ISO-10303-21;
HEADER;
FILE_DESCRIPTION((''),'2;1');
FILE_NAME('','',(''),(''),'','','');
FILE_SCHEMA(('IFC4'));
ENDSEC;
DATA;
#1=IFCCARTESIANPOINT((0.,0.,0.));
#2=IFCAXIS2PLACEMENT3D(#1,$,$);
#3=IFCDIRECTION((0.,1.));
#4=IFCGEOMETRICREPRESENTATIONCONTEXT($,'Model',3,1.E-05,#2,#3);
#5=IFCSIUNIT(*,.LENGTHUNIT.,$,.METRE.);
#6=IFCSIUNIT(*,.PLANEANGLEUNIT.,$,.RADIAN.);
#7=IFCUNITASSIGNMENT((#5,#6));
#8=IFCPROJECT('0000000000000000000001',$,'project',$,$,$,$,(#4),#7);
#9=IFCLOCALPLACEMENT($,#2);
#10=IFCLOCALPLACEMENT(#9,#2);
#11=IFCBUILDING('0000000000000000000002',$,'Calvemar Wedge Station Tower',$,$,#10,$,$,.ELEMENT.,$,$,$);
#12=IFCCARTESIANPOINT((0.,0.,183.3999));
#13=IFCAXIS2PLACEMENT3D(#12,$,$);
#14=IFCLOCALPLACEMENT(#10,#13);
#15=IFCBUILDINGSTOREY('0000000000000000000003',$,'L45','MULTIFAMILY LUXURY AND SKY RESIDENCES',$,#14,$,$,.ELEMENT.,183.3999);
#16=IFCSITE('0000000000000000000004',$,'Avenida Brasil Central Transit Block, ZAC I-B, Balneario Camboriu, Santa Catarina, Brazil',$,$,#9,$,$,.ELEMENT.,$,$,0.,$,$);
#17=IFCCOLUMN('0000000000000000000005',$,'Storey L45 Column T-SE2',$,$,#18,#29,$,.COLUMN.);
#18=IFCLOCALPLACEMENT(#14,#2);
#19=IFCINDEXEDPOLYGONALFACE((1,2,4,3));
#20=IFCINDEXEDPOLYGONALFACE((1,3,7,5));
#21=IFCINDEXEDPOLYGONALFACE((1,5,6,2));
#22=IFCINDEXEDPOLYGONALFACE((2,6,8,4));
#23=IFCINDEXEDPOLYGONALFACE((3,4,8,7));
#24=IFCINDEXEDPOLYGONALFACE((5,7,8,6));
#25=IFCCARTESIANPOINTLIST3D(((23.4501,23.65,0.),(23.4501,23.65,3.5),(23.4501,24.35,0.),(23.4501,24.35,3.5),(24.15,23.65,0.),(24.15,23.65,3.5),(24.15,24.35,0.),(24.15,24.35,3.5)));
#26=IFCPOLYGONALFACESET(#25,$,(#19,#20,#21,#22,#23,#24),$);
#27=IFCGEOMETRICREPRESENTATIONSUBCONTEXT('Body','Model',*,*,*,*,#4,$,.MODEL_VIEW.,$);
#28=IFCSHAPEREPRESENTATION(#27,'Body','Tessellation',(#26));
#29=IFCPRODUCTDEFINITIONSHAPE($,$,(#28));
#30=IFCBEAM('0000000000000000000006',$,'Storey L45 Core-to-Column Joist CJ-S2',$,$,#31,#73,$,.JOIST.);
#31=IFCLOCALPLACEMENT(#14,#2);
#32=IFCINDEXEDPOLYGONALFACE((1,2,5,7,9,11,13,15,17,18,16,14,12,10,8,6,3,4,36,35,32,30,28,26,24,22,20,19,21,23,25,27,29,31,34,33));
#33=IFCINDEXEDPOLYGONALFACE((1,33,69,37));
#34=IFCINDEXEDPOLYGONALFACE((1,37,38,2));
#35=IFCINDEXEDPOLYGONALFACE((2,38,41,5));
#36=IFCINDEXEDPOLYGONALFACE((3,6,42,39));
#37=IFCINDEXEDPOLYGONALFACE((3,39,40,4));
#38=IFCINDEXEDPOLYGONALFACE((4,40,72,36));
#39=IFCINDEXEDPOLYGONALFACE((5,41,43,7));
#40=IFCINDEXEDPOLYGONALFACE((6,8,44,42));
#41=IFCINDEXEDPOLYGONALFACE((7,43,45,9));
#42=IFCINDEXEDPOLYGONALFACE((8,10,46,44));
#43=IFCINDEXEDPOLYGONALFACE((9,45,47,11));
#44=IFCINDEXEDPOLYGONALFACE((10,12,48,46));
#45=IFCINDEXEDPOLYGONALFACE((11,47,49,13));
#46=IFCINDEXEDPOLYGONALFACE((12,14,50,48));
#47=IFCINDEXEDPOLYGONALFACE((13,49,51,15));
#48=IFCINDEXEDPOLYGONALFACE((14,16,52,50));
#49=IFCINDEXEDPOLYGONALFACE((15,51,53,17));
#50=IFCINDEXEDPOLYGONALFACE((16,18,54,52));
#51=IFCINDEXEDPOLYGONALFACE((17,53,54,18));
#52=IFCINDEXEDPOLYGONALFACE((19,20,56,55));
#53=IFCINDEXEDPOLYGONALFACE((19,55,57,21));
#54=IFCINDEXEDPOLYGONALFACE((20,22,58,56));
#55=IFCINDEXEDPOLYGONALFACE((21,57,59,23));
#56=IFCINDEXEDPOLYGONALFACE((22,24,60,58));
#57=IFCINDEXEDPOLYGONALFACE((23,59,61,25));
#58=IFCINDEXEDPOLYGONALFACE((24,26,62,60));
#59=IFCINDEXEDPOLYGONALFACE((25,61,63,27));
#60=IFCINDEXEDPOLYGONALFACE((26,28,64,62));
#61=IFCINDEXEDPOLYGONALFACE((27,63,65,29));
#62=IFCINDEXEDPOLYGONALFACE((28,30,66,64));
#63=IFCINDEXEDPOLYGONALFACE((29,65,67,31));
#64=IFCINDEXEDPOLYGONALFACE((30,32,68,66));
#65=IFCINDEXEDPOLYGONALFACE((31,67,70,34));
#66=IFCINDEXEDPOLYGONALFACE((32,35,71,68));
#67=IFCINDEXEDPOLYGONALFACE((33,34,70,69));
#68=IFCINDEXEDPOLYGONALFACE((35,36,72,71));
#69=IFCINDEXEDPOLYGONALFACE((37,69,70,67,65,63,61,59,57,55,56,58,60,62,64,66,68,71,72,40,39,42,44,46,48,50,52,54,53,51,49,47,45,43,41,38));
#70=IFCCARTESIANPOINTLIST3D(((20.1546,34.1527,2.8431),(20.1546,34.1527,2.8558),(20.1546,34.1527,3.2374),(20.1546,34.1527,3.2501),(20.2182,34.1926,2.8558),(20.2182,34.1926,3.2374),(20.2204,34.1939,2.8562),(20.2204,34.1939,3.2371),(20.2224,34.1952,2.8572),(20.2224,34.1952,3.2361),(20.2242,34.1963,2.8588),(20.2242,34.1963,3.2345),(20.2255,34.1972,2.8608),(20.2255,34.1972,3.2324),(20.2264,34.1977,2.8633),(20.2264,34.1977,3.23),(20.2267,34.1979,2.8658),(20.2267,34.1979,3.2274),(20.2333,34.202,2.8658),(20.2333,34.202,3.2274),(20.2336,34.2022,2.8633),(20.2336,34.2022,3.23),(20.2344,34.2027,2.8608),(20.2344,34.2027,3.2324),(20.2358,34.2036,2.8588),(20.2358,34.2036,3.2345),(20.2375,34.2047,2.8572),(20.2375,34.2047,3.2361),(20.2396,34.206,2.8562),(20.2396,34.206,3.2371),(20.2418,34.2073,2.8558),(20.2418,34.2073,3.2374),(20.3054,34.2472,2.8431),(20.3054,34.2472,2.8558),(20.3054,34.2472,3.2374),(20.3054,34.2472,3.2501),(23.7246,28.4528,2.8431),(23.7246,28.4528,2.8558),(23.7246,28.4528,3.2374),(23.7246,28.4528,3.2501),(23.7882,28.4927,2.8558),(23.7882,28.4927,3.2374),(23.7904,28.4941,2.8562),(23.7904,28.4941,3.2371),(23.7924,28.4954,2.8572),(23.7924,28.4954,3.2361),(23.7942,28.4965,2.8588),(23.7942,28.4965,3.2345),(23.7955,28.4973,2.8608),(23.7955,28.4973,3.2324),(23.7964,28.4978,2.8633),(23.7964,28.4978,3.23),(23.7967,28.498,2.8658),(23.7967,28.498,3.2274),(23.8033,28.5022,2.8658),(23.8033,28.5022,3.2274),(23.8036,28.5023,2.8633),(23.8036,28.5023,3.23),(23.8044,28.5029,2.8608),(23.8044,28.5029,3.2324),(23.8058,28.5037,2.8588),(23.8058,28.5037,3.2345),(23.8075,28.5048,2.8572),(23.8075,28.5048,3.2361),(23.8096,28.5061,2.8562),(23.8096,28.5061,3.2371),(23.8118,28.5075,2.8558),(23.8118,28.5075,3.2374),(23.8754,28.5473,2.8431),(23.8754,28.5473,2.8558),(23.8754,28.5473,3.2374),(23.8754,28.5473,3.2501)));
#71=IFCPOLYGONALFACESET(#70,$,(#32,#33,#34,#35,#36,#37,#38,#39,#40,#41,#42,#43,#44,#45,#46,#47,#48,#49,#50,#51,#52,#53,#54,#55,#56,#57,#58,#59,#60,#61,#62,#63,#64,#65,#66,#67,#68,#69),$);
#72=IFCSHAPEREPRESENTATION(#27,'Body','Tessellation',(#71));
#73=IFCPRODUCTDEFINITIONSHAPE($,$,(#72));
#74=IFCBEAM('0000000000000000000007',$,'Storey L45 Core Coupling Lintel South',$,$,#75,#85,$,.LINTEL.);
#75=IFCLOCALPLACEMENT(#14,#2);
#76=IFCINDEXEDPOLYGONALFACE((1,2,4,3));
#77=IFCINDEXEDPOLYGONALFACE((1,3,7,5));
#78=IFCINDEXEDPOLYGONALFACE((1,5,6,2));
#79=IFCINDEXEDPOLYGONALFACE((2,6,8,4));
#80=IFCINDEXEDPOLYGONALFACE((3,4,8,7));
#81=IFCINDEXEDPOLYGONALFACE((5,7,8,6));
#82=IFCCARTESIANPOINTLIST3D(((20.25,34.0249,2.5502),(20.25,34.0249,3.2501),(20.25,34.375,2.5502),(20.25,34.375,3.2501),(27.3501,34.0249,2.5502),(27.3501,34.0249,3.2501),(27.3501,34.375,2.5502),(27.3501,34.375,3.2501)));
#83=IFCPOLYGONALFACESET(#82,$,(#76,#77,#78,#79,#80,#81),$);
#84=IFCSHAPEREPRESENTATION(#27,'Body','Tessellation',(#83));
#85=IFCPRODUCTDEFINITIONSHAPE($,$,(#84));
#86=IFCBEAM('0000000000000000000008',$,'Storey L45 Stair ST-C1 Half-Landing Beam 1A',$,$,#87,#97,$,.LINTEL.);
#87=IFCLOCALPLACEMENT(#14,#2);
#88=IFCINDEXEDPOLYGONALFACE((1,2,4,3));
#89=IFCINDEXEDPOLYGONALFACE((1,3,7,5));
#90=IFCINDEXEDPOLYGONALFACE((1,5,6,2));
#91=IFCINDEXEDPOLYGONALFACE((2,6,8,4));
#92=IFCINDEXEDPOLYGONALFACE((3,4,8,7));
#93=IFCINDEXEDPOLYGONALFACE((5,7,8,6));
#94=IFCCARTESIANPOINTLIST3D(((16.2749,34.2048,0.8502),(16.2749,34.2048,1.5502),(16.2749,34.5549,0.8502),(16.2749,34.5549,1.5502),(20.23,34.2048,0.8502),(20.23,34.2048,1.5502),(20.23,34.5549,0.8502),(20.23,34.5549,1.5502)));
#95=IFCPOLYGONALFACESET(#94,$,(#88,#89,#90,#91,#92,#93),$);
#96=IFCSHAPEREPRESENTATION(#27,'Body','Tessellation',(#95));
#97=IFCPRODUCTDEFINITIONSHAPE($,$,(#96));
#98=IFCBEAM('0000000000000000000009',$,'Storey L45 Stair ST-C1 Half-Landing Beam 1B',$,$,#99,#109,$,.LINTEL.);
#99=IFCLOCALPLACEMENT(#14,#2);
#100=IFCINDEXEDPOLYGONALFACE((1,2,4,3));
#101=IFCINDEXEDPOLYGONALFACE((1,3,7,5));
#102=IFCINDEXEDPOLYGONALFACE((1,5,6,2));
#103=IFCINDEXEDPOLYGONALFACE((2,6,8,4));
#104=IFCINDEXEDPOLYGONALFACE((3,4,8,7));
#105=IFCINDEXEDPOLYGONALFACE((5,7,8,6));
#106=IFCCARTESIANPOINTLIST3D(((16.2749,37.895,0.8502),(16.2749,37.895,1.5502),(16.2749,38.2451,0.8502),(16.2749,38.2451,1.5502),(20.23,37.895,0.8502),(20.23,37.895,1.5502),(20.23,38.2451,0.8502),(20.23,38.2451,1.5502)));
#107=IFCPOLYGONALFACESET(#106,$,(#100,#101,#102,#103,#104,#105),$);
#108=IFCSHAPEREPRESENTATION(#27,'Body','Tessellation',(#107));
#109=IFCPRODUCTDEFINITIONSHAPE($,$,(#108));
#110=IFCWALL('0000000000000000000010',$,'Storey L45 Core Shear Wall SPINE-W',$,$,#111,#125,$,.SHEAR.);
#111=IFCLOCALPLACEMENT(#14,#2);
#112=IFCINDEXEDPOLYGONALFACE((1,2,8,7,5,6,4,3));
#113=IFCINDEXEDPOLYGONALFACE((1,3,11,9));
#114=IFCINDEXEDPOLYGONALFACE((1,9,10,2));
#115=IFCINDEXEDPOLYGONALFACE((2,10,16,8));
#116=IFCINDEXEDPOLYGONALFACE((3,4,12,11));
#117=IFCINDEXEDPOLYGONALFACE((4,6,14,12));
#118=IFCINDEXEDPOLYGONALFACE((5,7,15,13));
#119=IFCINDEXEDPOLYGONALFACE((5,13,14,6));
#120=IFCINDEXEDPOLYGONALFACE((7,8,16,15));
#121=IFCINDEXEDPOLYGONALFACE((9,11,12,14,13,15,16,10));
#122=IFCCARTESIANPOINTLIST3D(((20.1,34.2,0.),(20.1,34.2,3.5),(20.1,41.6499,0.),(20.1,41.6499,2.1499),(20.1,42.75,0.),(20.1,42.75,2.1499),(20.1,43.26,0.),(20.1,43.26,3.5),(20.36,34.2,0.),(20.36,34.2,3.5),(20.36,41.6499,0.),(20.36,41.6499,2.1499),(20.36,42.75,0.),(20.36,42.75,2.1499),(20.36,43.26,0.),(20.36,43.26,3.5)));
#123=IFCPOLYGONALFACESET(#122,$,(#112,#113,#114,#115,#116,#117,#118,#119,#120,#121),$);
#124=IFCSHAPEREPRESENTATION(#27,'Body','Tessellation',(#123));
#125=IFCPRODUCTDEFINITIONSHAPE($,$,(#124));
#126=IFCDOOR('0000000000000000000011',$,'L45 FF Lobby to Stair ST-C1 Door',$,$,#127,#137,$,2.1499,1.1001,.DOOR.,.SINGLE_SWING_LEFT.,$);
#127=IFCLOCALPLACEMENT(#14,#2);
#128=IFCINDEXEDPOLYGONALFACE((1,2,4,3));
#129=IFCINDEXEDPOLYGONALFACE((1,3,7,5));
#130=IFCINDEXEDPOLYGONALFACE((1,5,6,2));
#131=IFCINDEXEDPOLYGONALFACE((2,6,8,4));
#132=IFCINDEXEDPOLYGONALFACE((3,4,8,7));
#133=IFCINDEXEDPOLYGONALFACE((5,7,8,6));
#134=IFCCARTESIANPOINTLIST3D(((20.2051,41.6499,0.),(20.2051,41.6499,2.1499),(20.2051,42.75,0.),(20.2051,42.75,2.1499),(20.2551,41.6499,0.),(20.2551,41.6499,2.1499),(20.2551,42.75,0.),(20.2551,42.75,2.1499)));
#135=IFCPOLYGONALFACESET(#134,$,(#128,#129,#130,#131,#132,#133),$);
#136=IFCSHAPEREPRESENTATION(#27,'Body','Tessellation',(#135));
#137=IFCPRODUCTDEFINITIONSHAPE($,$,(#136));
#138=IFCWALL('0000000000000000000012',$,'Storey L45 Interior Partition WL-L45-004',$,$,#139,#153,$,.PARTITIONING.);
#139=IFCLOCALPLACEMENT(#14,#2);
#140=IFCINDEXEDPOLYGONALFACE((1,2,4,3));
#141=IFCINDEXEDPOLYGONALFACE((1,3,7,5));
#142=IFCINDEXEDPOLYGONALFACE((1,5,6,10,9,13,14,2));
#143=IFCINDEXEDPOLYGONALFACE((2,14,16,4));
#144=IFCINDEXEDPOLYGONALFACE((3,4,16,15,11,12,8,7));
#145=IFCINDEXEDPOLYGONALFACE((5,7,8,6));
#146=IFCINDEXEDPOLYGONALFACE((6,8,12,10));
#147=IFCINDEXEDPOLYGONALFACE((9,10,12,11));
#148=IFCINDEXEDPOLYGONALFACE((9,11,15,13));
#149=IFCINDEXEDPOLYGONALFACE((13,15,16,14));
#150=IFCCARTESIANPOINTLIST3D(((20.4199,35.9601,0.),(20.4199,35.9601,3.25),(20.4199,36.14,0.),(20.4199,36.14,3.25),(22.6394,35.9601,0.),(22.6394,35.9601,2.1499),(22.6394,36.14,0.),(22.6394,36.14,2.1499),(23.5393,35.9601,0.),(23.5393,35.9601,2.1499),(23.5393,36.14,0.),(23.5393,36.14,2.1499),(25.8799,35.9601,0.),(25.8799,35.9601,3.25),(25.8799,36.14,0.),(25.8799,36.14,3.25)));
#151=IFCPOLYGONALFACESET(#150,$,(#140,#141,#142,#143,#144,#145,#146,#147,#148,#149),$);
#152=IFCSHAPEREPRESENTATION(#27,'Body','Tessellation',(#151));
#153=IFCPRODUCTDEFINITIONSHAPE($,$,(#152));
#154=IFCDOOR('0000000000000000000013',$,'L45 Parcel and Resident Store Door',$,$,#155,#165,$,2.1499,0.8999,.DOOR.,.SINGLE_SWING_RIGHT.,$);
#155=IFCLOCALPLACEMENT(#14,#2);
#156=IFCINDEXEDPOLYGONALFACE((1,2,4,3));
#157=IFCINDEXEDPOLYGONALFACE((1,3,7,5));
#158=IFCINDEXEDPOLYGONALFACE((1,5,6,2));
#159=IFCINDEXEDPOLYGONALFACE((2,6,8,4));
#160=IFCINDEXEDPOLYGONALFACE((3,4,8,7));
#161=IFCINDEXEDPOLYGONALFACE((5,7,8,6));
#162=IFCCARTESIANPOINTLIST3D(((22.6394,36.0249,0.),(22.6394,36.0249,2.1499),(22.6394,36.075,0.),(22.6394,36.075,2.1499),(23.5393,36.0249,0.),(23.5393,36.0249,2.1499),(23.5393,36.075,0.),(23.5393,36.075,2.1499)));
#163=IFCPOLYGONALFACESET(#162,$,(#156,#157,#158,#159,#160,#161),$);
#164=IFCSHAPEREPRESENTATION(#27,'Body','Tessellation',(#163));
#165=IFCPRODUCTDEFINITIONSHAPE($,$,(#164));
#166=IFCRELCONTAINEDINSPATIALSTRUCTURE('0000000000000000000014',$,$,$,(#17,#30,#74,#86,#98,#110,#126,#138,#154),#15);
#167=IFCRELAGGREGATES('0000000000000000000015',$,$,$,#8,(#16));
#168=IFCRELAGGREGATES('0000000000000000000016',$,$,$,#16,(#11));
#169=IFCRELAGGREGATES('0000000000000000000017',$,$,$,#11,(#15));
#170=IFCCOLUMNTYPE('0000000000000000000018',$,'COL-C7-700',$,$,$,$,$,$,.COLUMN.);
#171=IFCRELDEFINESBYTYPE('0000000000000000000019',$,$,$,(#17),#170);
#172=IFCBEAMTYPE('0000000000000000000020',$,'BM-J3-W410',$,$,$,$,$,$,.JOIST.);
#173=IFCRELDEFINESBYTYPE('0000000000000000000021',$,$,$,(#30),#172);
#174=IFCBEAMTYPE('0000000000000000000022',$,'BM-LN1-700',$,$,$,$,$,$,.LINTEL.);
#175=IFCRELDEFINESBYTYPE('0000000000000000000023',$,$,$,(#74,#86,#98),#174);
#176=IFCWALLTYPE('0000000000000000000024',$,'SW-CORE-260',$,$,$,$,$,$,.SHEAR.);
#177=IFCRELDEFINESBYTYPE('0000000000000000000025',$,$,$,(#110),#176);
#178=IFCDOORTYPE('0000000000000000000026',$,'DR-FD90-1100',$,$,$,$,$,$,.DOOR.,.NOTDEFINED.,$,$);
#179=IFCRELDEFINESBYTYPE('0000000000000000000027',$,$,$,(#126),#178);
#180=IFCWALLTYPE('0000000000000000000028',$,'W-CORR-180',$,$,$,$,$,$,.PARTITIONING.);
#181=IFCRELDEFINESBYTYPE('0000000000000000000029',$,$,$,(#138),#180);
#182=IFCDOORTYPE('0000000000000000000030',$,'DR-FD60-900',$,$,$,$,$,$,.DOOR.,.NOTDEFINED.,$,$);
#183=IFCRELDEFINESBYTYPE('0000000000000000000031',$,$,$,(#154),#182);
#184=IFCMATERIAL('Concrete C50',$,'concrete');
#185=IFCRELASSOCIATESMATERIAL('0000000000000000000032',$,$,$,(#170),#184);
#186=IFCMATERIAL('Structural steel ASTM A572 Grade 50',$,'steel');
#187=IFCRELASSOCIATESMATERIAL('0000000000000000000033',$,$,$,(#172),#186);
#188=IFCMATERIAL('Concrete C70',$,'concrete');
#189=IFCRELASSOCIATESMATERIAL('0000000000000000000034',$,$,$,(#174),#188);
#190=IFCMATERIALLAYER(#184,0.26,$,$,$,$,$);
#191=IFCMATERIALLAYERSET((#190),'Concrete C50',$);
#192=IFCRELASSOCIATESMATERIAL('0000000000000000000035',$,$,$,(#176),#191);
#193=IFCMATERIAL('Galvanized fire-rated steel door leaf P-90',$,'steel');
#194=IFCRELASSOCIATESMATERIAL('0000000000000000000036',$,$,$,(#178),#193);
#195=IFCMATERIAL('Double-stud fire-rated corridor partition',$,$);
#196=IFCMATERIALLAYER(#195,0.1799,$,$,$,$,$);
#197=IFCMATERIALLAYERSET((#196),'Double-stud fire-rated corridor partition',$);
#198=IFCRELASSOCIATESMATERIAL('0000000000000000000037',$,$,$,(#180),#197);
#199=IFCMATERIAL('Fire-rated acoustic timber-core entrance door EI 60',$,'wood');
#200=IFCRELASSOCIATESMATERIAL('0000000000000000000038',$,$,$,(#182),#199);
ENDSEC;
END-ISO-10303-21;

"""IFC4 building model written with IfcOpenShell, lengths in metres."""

from ifc_helpers import new_model, si_unit, direction, frame, frame_2d, origin, origin_2d, place, context, subcontext, project, spatial, rectangle, i_section, extrude, source, transform, mapped, material, layer, layer_set, material_profile, profile_set, type_object, element, fill, save


model = new_model("IFC4")

# Units and contexts
model_context = context("Model", 3, precision=1e-05, world=origin(), true_north=direction((0.0, 1.0)))
body_context = subcontext(model_context, "Body", "Model", "MODEL_VIEW")
ifc_project = project(units=[si_unit("LENGTHUNIT", "METRE"), si_unit("PLANEANGLEUNIT", "RADIAN")], contexts=[model_context])

# Site, building, storey
site_placement = place(None, origin())
site = spatial("IfcSite", under=ifc_project, at=site_placement, Name="Avenida Brasil Central Transit Block, ZAC I-B, Balneario Camboriu, Santa Catarina, Brazil", CompositionType="ELEMENT", RefElevation=0.0)
building_placement = place(site_placement, origin())
building = spatial("IfcBuilding", under=site, at=building_placement, Name="Calvemar Wedge Station Tower", CompositionType="ELEMENT")
storey_placement = place(building_placement, frame((0.0, 0.0, 183.3999)))
storey = spatial("IfcBuildingStorey", under=building, at=storey_placement, Name="L45", Description="MULTIFAMILY LUXURY AND SKY RESIDENCES", CompositionType="ELEMENT", Elevation=183.3999)

# Column
ifc_material_1 = material(Name="Concrete C50", Category="concrete")
ifc_material_profile_1 = material_profile(ifc_material_1, rectangle(XDim=0.7, YDim=0.7, at=origin_2d()), Name="RC700x700")
ifc_profile_set_1 = profile_set([ifc_material_profile_1], Name="Concrete C50")
column_type = type_object("IfcColumnType", Name="COL-C7-700", PredefinedType="COLUMN", material=ifc_profile_set_1)
shared_shape_1 = source(origin(), body_context, "Body", "SweptSolid", [
    extrude(rectangle(XDim=0.7, YDim=0.7, at=origin_2d()), origin(), (0.0, 0.0, 1.0), 3.5),
])
column_placement = place(storey_placement, frame((23.8, 24.0, 0.0), z_axis=(0.0, 0.0, 1.0), x_axis=(1.0, 0.0, 0.0)))
element("IfcColumn", 1, at=column_placement, inside=storey, type_object=column_type, Name="Storey L45 Column T-SE2", PredefinedType="COLUMN", context=body_context, shape_type="MappedRepresentation", body=[
    mapped(shared_shape_1, transform((0.0, 0.0, 0.0), scale=1.0)),
])

# Beams
ifc_material_2 = material(Name="Structural steel ASTM A572 Grade 50", Category="steel")
ifc_material_profile_2 = material_profile(ifc_material_2, i_section(OverallWidth=0.178, OverallDepth=0.407, WebThickness=0.0078, FlangeThickness=0.0127, FilletRadius=0.01, at=origin_2d()), Name="W410x60")
ifc_profile_set_2 = profile_set([ifc_material_profile_2], Name="Structural steel ASTM A572 Grade 50")
beam_type_1 = type_object("IfcBeamType", Name="BM-J3-W410", PredefinedType="JOIST", material=ifc_profile_set_2)
shared_shape_2 = source(origin(), body_context, "Body", "SweptSolid", [
    extrude(i_section(OverallWidth=0.178, OverallDepth=0.407, WebThickness=0.0078, FlangeThickness=0.0127, FilletRadius=0.01, at=origin_2d()), origin(), (0.0, 0.0, 1.0), 6.7256),
])
beam_1_placement = place(storey_placement, frame((20.23, 34.2, 3.0466), z_axis=(0.530811, -0.84749, 0.0), x_axis=(0.84749, 0.530811, 0.0)))
element("IfcBeam", 2, at=beam_1_placement, inside=storey, type_object=beam_type_1, Name="Storey L45 Core-to-Column Joist CJ-S2", PredefinedType="JOIST", context=body_context, shape_type="MappedRepresentation", body=[
    mapped(shared_shape_2, transform((0.0, 0.0, 0.0), scale=1.0)),
])
ifc_material_3 = material(Name="Concrete C70", Category="concrete")
ifc_material_profile_3 = material_profile(ifc_material_3, rectangle(XDim=0.3501, YDim=0.7, at=origin_2d()), Name="RC350x700")
ifc_profile_set_3 = profile_set([ifc_material_profile_3], Name="Concrete C70")
beam_type_2 = type_object("IfcBeamType", Name="BM-LN1-700", PredefinedType="LINTEL", material=ifc_profile_set_3)
shared_shape_3 = source(origin(), body_context, "Body", "SweptSolid", [
    extrude(rectangle(XDim=0.3501, YDim=0.7, at=origin_2d()), origin(), (0.0, 0.0, 1.0), 7.1001),
])
beam_2_placement = place(storey_placement, frame((20.25, 34.2, 2.9001), z_axis=(1.0, 0.0, 0.0), x_axis=(0.0, 1.0, 0.0)))
element("IfcBeam", 3, at=beam_2_placement, inside=storey, type_object=beam_type_2, Name="Storey L45 Core Coupling Lintel South", PredefinedType="LINTEL", context=body_context, shape_type="MappedRepresentation", body=[
    mapped(shared_shape_3, transform((0.0, 0.0, 0.0), scale=1.0)),
])
shared_shape_4 = source(origin(), body_context, "Body", "SweptSolid", [
    extrude(rectangle(XDim=0.3501, YDim=0.7, at=origin_2d()), origin(), (0.0, 0.0, 1.0), 3.9551),
])
for number, where, z_axis, x_axis, name in (
    (4, (16.2749, 34.3799, 1.2002), (1.0, 0.0, 0.0), (0.0, 1.0, 0.0), "Storey L45 Stair ST-C1 Half-Landing Beam 1A"),
    (5, (16.2749, 38.0701, 1.2002), (1.0, 0.0, 0.0), (0.0, 1.0, 0.0), "Storey L45 Stair ST-C1 Half-Landing Beam 1B"),
):
    element("IfcBeam", number, at=place(storey_placement, frame(where, z_axis=z_axis, x_axis=x_axis)), inside=storey, type_object=beam_type_2, Name=name, PredefinedType="LINTEL", context=body_context, shape_type="MappedRepresentation", body=[
        mapped(shared_shape_4, transform((0.0, 0.0, 0.0), scale=1.0)),
    ])

# Walls, openings, doors
ifc_layer_1 = layer(ifc_material_1, 0.26)
ifc_layer_set_1 = layer_set([ifc_layer_1], Name="Concrete C50")
wall_type_1 = type_object("IfcWallType", Name="SW-CORE-260", PredefinedType="SHEAR", material=ifc_layer_set_1)
wall_1_placement = place(storey_placement, frame((20.23, 34.2, 0.0), z_axis=(0.0, 0.0, 1.0), x_axis=(0.0, 1.0, 0.0)))
wall_1 = element("IfcWall", 6, at=wall_1_placement, inside=storey, type_object=wall_type_1, Name="Storey L45 Core Shear Wall SPINE-W", PredefinedType="SHEAR", context=body_context, shape_type="SweptSolid", body=[
    extrude(rectangle(XDim=9.0601, YDim=0.26, at=frame_2d((4.53, 0.0))), origin(), (0.0, 0.0, 1.0), 3.5),
])
shared_shape_5 = source(origin(), body_context, "Body", "SweptSolid", [
    extrude(rectangle(XDim=1.1001, YDim=2.1499, at=frame_2d((0.55, 1.075))), frame((0.0, 0.1401, 0.0), z_axis=(0.0, -1.0, 0.0), x_axis=(1.0, 0.0, 0.0)), (0.0, 0.0, 1.0), 0.28),
])
opening_1_placement = place(wall_1_placement, frame((7.45, 0.0, 0.0)))
opening_1 = element("IfcOpeningElement", 7, at=opening_1_placement, cuts=wall_1, PredefinedType="OPENING", context=body_context, shape_type="MappedRepresentation", body=[
    mapped(shared_shape_5, transform((0.0, 0.0, 0.0), scale=1.0)),
])
ifc_material_4 = material(Name="Galvanized fire-rated steel door leaf P-90", Category="steel")
door_type_1 = type_object("IfcDoorType", Name="DR-FD90-1100", OperationType="NOTDEFINED", PredefinedType="DOOR", material=ifc_material_4)
shared_shape_6 = source(origin(), body_context, "Body", "SweptSolid", [
    extrude(rectangle(XDim=1.1001, YDim=2.1499, at=frame_2d((0.55, 1.075))), frame((0.0, 0.0249, 0.0), z_axis=(0.0, -1.0, 0.0), x_axis=(1.0, 0.0, 0.0)), (0.0, 0.0, 1.0), 0.05),
])
door_1_placement = place(opening_1_placement, origin())
door_1 = element("IfcDoor", 8, at=door_1_placement, inside=storey, type_object=door_type_1, Name="L45 FF Lobby to Stair ST-C1 Door", OperationType="SINGLE_SWING_LEFT", OverallHeight=2.1499, OverallWidth=1.1001, PredefinedType="DOOR", context=body_context, shape_type="MappedRepresentation", body=[
    mapped(shared_shape_6, transform((0.0, 0.0, 0.0), scale=1.0)),
])
fill(opening_1, door_1)
ifc_material_5 = material(Name="Double-stud fire-rated corridor partition")
ifc_layer_2 = layer(ifc_material_5, 0.1799)
ifc_layer_set_2 = layer_set([ifc_layer_2], Name="Double-stud fire-rated corridor partition")
wall_type_2 = type_object("IfcWallType", Name="W-CORR-180", PredefinedType="PARTITIONING", material=ifc_layer_set_2)
wall_2_placement = place(storey_placement, frame((20.4199, 36.05, 0.0), z_axis=(0.0, 0.0, 1.0), x_axis=(1.0, 0.0, 0.0)))
wall_2 = element("IfcWall", 9, at=wall_2_placement, inside=storey, type_object=wall_type_2, Name="Storey L45 Interior Partition WL-L45-004", PredefinedType="PARTITIONING", context=body_context, shape_type="SweptSolid", body=[
    extrude(rectangle(XDim=5.46, YDim=0.1799, at=frame_2d((2.73, 0.0))), origin(), (0.0, 0.0, 1.0), 3.25),
])
shared_shape_7 = source(origin(), body_context, "Body", "SweptSolid", [
    extrude(rectangle(XDim=0.8999, YDim=2.1499, at=frame_2d((0.45, 1.075))), frame((0.0, 0.1001, 0.0), z_axis=(0.0, -1.0, 0.0), x_axis=(1.0, 0.0, 0.0)), (0.0, 0.0, 1.0), 0.2),
])
opening_2_placement = place(wall_2_placement, frame((2.2195, 0.0, 0.0)))
opening_2 = element("IfcOpeningElement", 10, at=opening_2_placement, cuts=wall_2, PredefinedType="OPENING", context=body_context, shape_type="MappedRepresentation", body=[
    mapped(shared_shape_7, transform((0.0, 0.0, 0.0), scale=1.0)),
])
ifc_material_6 = material(Name="Fire-rated acoustic timber-core entrance door EI 60", Category="wood")
door_type_2 = type_object("IfcDoorType", Name="DR-FD60-900", OperationType="NOTDEFINED", PredefinedType="DOOR", material=ifc_material_6)
shared_shape_8 = source(origin(), body_context, "Body", "SweptSolid", [
    extrude(rectangle(XDim=0.8999, YDim=2.1499, at=frame_2d((0.45, 1.075))), frame((0.0, 0.0249, 0.0), z_axis=(0.0, -1.0, 0.0), x_axis=(1.0, 0.0, 0.0)), (0.0, 0.0, 1.0), 0.05),
])
door_2_placement = place(opening_2_placement, origin())
door_2 = element("IfcDoor", 11, at=door_2_placement, inside=storey, type_object=door_type_2, Name="L45 Parcel and Resident Store Door", OperationType="SINGLE_SWING_RIGHT", OverallHeight=2.1499, OverallWidth=0.8999, PredefinedType="DOOR", context=body_context, shape_type="MappedRepresentation", body=[
    mapped(shared_shape_8, transform((0.0, 0.0, 0.0), scale=1.0)),
])
fill(opening_2, door_2)

save(model, "model.ifc")
